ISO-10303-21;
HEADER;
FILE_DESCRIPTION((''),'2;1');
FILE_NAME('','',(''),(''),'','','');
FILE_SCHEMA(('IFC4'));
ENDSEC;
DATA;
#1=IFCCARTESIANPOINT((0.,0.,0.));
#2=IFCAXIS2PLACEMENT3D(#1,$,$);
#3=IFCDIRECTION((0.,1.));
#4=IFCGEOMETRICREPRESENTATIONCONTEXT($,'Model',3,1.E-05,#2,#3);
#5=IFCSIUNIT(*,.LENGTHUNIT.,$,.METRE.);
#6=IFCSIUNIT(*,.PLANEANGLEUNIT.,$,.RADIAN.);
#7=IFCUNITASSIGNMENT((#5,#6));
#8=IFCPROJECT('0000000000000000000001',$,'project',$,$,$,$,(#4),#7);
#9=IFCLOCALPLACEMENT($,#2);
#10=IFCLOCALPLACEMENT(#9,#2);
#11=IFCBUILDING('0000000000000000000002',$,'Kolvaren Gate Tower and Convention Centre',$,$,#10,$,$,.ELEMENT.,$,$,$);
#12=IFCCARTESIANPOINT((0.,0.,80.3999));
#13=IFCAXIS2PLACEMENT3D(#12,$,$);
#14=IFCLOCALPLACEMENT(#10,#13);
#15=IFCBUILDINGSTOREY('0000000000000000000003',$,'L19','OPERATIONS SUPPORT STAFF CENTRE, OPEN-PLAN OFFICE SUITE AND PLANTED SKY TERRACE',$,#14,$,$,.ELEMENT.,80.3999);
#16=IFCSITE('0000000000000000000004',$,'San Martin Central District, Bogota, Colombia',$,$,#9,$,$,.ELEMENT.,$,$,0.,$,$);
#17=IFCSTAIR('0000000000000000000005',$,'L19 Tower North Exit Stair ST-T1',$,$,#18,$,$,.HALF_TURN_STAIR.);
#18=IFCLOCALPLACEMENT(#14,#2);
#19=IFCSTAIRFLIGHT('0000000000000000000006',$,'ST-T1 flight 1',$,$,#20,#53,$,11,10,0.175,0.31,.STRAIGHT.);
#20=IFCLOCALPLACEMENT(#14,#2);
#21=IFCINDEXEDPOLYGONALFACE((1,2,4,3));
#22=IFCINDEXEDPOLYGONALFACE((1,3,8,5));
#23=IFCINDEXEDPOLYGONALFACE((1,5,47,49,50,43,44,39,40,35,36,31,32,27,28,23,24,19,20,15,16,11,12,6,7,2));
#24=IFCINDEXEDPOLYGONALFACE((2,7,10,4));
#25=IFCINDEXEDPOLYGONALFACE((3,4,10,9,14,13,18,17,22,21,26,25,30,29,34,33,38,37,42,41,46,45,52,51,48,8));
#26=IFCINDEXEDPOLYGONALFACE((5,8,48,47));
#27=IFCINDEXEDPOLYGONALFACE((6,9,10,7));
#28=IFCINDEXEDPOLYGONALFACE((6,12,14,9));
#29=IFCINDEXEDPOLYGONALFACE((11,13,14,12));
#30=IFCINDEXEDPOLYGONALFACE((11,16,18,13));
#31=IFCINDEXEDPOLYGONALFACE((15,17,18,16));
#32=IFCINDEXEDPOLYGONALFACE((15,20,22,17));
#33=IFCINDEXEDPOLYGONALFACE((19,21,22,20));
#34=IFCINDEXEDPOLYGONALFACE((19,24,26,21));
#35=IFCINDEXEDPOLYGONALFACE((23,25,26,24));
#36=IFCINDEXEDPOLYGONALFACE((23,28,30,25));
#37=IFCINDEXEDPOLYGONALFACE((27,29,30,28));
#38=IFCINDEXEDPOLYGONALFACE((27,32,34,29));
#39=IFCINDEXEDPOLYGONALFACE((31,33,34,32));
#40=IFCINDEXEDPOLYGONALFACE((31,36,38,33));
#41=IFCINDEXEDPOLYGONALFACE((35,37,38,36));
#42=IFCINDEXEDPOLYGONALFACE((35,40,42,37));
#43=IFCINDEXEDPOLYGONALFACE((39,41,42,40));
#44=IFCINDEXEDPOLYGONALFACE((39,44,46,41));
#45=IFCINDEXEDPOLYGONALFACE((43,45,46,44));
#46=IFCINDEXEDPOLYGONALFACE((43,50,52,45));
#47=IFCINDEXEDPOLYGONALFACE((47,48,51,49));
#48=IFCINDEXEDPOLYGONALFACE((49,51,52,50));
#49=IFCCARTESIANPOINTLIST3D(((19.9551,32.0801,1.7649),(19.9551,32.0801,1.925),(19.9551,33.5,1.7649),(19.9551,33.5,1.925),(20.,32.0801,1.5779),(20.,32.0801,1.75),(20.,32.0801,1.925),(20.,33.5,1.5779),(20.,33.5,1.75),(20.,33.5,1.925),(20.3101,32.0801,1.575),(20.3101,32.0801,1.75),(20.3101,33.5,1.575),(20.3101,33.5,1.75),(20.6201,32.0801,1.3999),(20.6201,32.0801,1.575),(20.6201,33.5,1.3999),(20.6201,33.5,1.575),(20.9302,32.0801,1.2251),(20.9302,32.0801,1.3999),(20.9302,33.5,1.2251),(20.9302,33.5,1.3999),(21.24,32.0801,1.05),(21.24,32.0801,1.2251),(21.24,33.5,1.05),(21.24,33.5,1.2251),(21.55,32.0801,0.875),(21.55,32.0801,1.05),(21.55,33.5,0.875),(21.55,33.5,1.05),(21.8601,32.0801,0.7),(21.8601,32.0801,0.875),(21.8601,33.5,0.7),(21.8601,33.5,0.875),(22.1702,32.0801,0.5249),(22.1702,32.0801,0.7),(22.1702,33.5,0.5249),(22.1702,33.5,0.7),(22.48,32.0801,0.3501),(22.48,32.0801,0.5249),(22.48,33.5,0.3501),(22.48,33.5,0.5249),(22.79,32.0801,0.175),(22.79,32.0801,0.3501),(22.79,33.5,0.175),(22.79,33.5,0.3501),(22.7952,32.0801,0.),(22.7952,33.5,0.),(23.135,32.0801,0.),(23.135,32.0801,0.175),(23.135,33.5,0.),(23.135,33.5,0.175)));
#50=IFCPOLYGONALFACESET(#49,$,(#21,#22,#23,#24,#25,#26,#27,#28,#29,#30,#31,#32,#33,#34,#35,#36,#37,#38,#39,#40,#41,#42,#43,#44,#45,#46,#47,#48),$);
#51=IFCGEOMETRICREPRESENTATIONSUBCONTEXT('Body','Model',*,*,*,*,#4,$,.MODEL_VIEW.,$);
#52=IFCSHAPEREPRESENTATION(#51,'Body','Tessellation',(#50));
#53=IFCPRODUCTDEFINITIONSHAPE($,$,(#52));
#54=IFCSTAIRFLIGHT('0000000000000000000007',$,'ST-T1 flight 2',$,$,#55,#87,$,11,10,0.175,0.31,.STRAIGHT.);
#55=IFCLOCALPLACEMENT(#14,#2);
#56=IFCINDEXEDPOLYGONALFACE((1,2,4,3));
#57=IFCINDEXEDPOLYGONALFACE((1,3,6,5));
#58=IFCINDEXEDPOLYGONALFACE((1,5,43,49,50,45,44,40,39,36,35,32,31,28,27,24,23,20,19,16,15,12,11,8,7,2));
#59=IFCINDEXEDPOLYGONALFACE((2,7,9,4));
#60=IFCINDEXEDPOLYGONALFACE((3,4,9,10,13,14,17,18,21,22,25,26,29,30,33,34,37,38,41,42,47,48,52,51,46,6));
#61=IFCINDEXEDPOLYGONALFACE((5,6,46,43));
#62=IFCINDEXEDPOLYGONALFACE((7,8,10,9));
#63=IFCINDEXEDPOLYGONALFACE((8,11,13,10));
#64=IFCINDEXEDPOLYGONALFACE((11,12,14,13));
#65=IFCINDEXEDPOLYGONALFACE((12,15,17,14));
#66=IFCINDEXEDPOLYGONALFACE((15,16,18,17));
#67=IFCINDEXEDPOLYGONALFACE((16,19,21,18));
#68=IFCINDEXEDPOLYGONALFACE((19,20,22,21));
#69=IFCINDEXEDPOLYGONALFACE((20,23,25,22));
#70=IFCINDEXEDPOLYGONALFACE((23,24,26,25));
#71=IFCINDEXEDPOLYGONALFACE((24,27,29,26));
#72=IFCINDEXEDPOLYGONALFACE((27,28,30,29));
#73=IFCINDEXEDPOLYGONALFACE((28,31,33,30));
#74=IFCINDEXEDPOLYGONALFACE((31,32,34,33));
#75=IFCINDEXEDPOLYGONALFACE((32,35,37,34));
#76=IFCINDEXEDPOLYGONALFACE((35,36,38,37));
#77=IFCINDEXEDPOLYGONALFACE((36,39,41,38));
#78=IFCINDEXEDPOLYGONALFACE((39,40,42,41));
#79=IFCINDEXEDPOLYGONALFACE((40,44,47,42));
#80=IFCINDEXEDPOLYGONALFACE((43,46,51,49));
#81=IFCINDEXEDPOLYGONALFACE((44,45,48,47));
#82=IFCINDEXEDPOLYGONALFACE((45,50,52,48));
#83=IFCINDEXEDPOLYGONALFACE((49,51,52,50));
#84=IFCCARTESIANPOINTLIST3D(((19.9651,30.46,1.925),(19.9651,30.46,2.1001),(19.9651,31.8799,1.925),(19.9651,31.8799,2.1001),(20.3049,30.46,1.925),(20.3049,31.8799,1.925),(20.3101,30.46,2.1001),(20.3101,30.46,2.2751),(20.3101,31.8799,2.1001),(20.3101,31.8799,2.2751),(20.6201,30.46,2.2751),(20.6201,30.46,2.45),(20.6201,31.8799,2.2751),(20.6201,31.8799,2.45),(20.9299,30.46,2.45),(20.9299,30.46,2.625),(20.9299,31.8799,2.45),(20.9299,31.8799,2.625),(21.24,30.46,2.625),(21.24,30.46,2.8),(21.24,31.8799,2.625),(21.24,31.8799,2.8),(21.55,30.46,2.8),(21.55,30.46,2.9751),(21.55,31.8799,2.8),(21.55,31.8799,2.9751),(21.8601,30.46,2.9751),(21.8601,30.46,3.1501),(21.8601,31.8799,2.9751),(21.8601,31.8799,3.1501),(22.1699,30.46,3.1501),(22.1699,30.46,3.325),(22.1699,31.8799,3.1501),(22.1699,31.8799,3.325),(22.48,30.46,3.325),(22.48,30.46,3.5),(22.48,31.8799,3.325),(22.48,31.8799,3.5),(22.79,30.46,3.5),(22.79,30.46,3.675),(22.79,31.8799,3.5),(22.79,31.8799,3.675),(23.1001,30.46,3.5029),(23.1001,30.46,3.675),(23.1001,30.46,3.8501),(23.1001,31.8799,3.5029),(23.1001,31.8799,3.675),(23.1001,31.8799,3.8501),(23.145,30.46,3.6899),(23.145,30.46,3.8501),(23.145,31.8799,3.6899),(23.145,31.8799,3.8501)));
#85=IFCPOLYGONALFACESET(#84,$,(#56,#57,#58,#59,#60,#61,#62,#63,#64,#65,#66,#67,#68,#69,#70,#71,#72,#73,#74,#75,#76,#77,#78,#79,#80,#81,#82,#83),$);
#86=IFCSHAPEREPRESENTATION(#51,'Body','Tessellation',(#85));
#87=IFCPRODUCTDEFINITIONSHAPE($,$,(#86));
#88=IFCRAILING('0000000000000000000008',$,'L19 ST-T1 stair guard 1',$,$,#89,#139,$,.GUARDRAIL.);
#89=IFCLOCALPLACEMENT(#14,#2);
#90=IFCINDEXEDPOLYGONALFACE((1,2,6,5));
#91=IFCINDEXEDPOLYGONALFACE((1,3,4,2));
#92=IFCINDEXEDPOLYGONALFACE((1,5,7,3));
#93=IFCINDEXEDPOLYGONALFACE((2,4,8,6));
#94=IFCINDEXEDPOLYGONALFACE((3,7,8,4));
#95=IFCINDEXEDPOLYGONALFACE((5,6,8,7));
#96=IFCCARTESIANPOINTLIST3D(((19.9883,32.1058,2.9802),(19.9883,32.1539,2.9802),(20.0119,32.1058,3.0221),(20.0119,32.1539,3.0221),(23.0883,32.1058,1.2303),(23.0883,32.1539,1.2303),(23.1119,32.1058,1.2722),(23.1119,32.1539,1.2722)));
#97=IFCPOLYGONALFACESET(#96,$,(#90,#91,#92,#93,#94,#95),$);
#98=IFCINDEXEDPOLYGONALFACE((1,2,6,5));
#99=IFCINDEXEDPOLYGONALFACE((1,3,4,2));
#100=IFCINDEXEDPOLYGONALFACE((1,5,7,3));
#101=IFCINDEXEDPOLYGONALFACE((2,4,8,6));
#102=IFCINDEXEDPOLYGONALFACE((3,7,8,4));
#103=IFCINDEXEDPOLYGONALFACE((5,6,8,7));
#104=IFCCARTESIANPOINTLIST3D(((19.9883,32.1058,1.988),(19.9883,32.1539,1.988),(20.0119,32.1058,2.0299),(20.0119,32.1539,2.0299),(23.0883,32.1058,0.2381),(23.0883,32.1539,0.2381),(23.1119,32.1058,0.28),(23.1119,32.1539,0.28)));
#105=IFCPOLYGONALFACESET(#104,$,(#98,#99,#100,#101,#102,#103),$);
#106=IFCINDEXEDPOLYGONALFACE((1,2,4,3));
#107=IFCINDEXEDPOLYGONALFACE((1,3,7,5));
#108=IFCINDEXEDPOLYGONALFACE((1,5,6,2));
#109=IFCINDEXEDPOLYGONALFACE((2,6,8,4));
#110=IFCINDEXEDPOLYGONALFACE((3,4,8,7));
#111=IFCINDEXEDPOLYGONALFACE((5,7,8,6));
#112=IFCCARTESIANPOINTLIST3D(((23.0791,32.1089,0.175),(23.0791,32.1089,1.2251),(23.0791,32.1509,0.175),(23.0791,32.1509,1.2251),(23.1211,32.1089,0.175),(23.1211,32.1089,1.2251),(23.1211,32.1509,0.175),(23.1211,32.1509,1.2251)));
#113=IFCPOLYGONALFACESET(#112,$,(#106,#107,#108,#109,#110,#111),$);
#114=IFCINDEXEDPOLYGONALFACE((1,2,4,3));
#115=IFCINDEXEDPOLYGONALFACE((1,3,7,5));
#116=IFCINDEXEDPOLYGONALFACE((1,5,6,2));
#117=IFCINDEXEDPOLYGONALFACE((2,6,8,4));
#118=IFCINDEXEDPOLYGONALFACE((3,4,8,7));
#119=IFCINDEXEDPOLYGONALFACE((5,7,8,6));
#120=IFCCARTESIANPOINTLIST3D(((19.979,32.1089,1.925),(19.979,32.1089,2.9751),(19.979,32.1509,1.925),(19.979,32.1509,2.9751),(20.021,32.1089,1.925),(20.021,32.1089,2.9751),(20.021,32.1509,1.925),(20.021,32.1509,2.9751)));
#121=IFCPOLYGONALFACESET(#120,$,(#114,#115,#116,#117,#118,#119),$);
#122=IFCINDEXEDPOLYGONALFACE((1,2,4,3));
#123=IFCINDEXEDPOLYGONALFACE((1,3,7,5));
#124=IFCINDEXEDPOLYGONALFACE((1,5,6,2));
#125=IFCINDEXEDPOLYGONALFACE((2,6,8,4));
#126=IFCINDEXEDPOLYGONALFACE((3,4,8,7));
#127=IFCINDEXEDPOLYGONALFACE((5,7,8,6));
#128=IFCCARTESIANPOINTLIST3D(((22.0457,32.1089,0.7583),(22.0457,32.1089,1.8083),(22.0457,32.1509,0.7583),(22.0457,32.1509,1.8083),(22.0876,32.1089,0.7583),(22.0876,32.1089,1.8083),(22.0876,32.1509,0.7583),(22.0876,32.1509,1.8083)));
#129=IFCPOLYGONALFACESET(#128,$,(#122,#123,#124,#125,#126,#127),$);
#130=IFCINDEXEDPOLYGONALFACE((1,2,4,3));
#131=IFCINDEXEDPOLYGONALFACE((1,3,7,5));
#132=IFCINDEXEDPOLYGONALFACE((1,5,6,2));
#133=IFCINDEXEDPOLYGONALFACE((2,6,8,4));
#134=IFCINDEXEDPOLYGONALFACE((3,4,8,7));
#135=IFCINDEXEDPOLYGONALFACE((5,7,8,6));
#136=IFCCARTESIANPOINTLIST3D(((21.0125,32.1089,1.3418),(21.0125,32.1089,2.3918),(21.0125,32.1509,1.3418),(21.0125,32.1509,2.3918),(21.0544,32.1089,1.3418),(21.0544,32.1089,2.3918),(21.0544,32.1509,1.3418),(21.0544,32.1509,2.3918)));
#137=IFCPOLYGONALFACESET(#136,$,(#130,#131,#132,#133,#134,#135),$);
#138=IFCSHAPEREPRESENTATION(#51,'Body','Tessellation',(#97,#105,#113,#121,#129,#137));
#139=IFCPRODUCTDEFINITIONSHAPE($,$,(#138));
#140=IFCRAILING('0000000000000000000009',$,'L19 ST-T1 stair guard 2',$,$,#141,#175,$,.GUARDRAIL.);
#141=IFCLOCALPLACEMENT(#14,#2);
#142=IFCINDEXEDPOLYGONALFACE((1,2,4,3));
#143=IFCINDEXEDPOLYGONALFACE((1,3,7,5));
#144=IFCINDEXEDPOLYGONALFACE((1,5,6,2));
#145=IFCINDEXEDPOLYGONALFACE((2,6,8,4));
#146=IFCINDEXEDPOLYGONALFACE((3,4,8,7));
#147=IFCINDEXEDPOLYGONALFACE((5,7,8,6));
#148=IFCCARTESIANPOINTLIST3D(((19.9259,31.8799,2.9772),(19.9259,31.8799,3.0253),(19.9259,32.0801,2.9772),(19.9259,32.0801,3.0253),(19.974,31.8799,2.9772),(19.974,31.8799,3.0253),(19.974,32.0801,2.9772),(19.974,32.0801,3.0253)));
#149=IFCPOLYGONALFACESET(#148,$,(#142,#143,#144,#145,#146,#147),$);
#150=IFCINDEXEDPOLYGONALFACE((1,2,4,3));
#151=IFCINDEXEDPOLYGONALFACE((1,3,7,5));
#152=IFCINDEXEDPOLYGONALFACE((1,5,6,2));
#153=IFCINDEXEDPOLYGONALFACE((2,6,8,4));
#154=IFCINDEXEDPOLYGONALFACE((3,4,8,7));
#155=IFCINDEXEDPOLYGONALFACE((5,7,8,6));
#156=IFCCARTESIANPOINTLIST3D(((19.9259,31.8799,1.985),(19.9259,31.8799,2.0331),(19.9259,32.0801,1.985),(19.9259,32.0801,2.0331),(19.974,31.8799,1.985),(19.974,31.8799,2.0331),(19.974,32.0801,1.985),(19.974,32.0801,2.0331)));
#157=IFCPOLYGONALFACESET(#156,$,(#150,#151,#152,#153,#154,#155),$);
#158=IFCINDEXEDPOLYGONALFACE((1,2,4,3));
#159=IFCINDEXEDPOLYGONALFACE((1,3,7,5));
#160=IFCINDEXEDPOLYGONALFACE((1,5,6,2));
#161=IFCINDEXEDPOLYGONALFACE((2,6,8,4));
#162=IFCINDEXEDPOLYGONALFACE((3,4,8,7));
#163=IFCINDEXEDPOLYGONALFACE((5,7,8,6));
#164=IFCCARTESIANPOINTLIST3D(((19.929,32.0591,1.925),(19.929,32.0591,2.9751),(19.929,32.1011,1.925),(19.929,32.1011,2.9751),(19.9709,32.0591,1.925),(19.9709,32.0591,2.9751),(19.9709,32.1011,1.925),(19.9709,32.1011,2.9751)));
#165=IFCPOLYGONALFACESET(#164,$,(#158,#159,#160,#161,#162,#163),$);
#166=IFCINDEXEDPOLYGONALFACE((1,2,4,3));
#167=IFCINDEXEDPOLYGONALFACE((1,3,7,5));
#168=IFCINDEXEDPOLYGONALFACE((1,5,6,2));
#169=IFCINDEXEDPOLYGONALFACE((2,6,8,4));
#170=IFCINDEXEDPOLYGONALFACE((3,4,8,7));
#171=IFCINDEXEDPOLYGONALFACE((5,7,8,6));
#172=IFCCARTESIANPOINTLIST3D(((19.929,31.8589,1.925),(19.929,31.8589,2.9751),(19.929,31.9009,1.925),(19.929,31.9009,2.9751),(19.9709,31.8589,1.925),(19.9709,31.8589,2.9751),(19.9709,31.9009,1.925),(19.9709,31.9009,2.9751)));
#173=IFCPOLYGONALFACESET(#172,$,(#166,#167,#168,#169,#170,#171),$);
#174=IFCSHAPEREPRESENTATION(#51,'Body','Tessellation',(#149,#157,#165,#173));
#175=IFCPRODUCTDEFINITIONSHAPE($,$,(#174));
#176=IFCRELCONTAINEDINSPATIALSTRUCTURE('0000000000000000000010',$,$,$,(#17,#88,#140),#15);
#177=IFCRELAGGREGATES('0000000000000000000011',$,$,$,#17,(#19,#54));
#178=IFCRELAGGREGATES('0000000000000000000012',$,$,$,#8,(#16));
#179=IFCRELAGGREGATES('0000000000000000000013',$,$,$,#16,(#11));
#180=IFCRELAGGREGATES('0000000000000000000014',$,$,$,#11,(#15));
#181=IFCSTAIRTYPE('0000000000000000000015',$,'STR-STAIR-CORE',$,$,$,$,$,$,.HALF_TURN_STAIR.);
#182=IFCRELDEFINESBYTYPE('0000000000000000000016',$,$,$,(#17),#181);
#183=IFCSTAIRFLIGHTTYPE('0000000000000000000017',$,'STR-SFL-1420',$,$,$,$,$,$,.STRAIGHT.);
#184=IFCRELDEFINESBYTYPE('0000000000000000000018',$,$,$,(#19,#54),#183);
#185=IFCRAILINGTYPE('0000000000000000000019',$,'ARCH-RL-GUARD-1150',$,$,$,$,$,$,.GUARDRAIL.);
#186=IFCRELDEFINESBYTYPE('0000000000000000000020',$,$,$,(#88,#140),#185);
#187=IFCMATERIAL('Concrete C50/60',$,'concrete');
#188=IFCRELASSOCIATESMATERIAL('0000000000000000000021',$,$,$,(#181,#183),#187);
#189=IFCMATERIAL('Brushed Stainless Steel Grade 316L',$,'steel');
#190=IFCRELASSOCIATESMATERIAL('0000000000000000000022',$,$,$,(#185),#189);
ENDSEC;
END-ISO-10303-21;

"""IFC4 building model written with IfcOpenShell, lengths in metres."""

from ifc_helpers import new_model, si_unit, direction, frame, origin, origin_2d, place, context, subcontext, project, spatial, polyline, rectangle, outline, extrude, material, type_object, element, aggregate, save


model = new_model("IFC4")

# Units and contexts
model_context = context("Model", 3, precision=1e-05, world=origin(), true_north=direction((0.0, 1.0)))
body_context = subcontext(model_context, "Body", "Model", "MODEL_VIEW")
ifc_project = project(units=[si_unit("LENGTHUNIT", "METRE"), si_unit("PLANEANGLEUNIT", "RADIAN")], contexts=[model_context])

# Site, building, storey
site_placement = place(None, origin())
site = spatial("IfcSite", under=ifc_project, at=site_placement, Name="San Martin Central District, Bogota, Colombia", CompositionType="ELEMENT", RefElevation=0.0)
building_placement = place(site_placement, origin())
building = spatial("IfcBuilding", under=site, at=building_placement, Name="Kolvaren Gate Tower and Convention Centre", CompositionType="ELEMENT")
storey_placement = place(building_placement, frame((0.0, 0.0, 80.3999)))
storey = spatial("IfcBuildingStorey", under=building, at=storey_placement, Name="L19", Description="OPERATIONS SUPPORT STAFF CENTRE, OPEN-PLAN OFFICE SUITE AND PLANTED SKY TERRACE", CompositionType="ELEMENT", Elevation=80.3999)

# Shared definitions
ifc_material_1 = material(Name="Brushed Stainless Steel Grade 316L", Category="steel")

# Shared definitions
ifc_material_2 = material(Name="Concrete C50/60", Category="concrete")

# Stair, stair flights
stair_type = type_object("IfcStairType", Name="STR-STAIR-CORE", PredefinedType="HALF_TURN_STAIR", material=ifc_material_2)
stair_placement = place(storey_placement, origin())
stair = element("IfcStair", 1, at=stair_placement, inside=storey, type_object=stair_type, Name="L19 Tower North Exit Stair ST-T1", PredefinedType="HALF_TURN_STAIR")
stair_flight_type = type_object("IfcStairFlightType", Name="STR-SFL-1420", PredefinedType="STRAIGHT", material=ifc_material_2)
stair_flight_1_placement = place(storey_placement, frame((23.1001, 32.79, 0.0), z_axis=(0.0, 0.0, 1.0), x_axis=(-1.0, 0.0, 0.0)))
stair_flight_1 = element("IfcStairFlight", 2, at=stair_flight_1_placement, type_object=stair_flight_type, Name="ST-T1 flight 1", NumberOfRisers=11, NumberOfTreads=10, PredefinedType="STRAIGHT", RiserHeight=0.175, TreadLength=0.31, context=body_context, shape_type="SweptSolid", body=[
    extrude(outline(polyline([(-0.0349, 0.0), (-0.0349, 0.175), (0.3101, 0.175), (0.3101, 0.3501), (0.6201, 0.3501), (0.6201, 0.5249), (0.9299, 0.5249), (0.9299, 0.7), (1.24, 0.7), (1.24, 0.875), (1.55, 0.875), (1.55, 1.05), (1.8601, 1.05), (1.8601, 1.2251), (2.1699, 1.2251), (2.1699, 1.3999), (2.48, 1.3999), (2.48, 1.575), (2.79, 1.575), (2.79, 1.75), (3.1001, 1.75), (3.1001, 1.925), (3.145, 1.925), (3.145, 1.7649), (3.1001, 1.5779), (0.3049, 0.0), (-0.0349, 0.0)])), frame((0.0, 0.71, 0.0), z_axis=(0.0, -1.0, 0.0), x_axis=(1.0, 0.0, 0.0)), (0.0, 0.0, 1.0), 1.4199),
])
stair_flight_2_placement = place(storey_placement, frame((20.0, 31.1699, 1.925), z_axis=(0.0, 0.0, 1.0), x_axis=(1.0, 0.0, 0.0)))
stair_flight_2 = element("IfcStairFlight", 3, at=stair_flight_2_placement, type_object=stair_flight_type, Name="ST-T1 flight 2", NumberOfRisers=11, NumberOfTreads=10, PredefinedType="STRAIGHT", RiserHeight=0.175, TreadLength=0.31, context=body_context, shape_type="SweptSolid", body=[
    extrude(outline(polyline([(-0.0349, 0.0), (-0.0349, 0.175), (0.3101, 0.175), (0.3101, 0.3501), (0.6201, 0.3501), (0.6201, 0.5249), (0.9299, 0.5249), (0.9299, 0.7), (1.24, 0.7), (1.24, 0.875), (1.55, 0.875), (1.55, 1.05), (1.8601, 1.05), (1.8601, 1.2251), (2.1699, 1.2251), (2.1699, 1.3999), (2.48, 1.3999), (2.48, 1.575), (2.79, 1.575), (2.79, 1.75), (3.1001, 1.75), (3.1001, 1.925), (3.145, 1.925), (3.145, 1.7649), (3.1001, 1.5779), (0.3049, 0.0), (-0.0349, 0.0)])), frame((0.0, 0.71, 0.0), z_axis=(0.0, -1.0, 0.0), x_axis=(1.0, 0.0, 0.0)), (0.0, 0.0, 1.0), 1.4199),
])
aggregate(stair, [stair_flight_1, stair_flight_2])

# Railings
railing_type_1 = type_object("IfcRailingType", Name="ARCH-RL-GUARD-1150", PredefinedType="GUARDRAIL", material=ifc_material_1)
railing_1_placement = place(storey_placement, frame((23.1001, 32.1299, 0.175)))
element("IfcRailing", 4, at=railing_1_placement, inside=storey, type_object=railing_type_1, Name="L19 ST-T1 stair guard 1", PredefinedType="GUARDRAIL", context=body_context, shape_type="SweptSolid", body=[
    extrude(rectangle(XDim=0.0481, YDim=0.0481, at=origin_2d()), frame((0.0, 0.0, 1.0762), z_axis=(-0.870831, 0.0, 0.491583), x_axis=(0.0, -1.0, 0.0)), (0.0, 0.0, 1.0), 3.5598),
    extrude(rectangle(XDim=0.0481, YDim=0.0481, at=origin_2d()), frame((0.0, 0.0, 0.084), z_axis=(-0.870831, 0.0, 0.491583), x_axis=(0.0, -1.0, 0.0)), (0.0, 0.0, 1.0), 3.5598),
    extrude(rectangle(XDim=0.042, YDim=0.042, at=origin_2d()), origin(), (0.0, 0.0, 1.0), 1.05),
    extrude(rectangle(XDim=0.042, YDim=0.042, at=origin_2d()), frame((-3.1001, 0.0, 1.75)), (0.0, 0.0, 1.0), 1.05),
    extrude(rectangle(XDim=0.042, YDim=0.042, at=origin_2d()), frame((-1.0334, 0.0, 0.5833)), (0.0, 0.0, 1.0), 1.05),
    extrude(rectangle(XDim=0.042, YDim=0.042, at=origin_2d()), frame((-2.0667, 0.0, 1.1667)), (0.0, 0.0, 1.0), 1.05),
])
railing_2_placement = place(storey_placement, frame((19.95, 32.0801, 1.925)))
element("IfcRailing", 5, at=railing_2_placement, inside=storey, type_object=railing_type_1, Name="L19 ST-T1 stair guard 2", PredefinedType="GUARDRAIL", context=body_context, shape_type="SweptSolid", body=[
    extrude(rectangle(XDim=0.0481, YDim=0.0481, at=origin_2d()), frame((0.0, 0.0, 1.0762), z_axis=(0.0, -1.0, 0.0), x_axis=(1.0, 0.0, 0.0)), (0.0, 0.0, 1.0), 0.2002),
    extrude(rectangle(XDim=0.0481, YDim=0.0481, at=origin_2d()), frame((0.0, 0.0, 0.084), z_axis=(0.0, -1.0, 0.0), x_axis=(1.0, 0.0, 0.0)), (0.0, 0.0, 1.0), 0.2002),
    extrude(rectangle(XDim=0.042, YDim=0.042, at=origin_2d()), origin(), (0.0, 0.0, 1.0), 1.05),
    extrude(rectangle(XDim=0.042, YDim=0.042, at=origin_2d()), frame((0.0, -0.2002, 0.0)), (0.0, 0.0, 1.0), 1.05),
])

save(model, "model.ifc")
